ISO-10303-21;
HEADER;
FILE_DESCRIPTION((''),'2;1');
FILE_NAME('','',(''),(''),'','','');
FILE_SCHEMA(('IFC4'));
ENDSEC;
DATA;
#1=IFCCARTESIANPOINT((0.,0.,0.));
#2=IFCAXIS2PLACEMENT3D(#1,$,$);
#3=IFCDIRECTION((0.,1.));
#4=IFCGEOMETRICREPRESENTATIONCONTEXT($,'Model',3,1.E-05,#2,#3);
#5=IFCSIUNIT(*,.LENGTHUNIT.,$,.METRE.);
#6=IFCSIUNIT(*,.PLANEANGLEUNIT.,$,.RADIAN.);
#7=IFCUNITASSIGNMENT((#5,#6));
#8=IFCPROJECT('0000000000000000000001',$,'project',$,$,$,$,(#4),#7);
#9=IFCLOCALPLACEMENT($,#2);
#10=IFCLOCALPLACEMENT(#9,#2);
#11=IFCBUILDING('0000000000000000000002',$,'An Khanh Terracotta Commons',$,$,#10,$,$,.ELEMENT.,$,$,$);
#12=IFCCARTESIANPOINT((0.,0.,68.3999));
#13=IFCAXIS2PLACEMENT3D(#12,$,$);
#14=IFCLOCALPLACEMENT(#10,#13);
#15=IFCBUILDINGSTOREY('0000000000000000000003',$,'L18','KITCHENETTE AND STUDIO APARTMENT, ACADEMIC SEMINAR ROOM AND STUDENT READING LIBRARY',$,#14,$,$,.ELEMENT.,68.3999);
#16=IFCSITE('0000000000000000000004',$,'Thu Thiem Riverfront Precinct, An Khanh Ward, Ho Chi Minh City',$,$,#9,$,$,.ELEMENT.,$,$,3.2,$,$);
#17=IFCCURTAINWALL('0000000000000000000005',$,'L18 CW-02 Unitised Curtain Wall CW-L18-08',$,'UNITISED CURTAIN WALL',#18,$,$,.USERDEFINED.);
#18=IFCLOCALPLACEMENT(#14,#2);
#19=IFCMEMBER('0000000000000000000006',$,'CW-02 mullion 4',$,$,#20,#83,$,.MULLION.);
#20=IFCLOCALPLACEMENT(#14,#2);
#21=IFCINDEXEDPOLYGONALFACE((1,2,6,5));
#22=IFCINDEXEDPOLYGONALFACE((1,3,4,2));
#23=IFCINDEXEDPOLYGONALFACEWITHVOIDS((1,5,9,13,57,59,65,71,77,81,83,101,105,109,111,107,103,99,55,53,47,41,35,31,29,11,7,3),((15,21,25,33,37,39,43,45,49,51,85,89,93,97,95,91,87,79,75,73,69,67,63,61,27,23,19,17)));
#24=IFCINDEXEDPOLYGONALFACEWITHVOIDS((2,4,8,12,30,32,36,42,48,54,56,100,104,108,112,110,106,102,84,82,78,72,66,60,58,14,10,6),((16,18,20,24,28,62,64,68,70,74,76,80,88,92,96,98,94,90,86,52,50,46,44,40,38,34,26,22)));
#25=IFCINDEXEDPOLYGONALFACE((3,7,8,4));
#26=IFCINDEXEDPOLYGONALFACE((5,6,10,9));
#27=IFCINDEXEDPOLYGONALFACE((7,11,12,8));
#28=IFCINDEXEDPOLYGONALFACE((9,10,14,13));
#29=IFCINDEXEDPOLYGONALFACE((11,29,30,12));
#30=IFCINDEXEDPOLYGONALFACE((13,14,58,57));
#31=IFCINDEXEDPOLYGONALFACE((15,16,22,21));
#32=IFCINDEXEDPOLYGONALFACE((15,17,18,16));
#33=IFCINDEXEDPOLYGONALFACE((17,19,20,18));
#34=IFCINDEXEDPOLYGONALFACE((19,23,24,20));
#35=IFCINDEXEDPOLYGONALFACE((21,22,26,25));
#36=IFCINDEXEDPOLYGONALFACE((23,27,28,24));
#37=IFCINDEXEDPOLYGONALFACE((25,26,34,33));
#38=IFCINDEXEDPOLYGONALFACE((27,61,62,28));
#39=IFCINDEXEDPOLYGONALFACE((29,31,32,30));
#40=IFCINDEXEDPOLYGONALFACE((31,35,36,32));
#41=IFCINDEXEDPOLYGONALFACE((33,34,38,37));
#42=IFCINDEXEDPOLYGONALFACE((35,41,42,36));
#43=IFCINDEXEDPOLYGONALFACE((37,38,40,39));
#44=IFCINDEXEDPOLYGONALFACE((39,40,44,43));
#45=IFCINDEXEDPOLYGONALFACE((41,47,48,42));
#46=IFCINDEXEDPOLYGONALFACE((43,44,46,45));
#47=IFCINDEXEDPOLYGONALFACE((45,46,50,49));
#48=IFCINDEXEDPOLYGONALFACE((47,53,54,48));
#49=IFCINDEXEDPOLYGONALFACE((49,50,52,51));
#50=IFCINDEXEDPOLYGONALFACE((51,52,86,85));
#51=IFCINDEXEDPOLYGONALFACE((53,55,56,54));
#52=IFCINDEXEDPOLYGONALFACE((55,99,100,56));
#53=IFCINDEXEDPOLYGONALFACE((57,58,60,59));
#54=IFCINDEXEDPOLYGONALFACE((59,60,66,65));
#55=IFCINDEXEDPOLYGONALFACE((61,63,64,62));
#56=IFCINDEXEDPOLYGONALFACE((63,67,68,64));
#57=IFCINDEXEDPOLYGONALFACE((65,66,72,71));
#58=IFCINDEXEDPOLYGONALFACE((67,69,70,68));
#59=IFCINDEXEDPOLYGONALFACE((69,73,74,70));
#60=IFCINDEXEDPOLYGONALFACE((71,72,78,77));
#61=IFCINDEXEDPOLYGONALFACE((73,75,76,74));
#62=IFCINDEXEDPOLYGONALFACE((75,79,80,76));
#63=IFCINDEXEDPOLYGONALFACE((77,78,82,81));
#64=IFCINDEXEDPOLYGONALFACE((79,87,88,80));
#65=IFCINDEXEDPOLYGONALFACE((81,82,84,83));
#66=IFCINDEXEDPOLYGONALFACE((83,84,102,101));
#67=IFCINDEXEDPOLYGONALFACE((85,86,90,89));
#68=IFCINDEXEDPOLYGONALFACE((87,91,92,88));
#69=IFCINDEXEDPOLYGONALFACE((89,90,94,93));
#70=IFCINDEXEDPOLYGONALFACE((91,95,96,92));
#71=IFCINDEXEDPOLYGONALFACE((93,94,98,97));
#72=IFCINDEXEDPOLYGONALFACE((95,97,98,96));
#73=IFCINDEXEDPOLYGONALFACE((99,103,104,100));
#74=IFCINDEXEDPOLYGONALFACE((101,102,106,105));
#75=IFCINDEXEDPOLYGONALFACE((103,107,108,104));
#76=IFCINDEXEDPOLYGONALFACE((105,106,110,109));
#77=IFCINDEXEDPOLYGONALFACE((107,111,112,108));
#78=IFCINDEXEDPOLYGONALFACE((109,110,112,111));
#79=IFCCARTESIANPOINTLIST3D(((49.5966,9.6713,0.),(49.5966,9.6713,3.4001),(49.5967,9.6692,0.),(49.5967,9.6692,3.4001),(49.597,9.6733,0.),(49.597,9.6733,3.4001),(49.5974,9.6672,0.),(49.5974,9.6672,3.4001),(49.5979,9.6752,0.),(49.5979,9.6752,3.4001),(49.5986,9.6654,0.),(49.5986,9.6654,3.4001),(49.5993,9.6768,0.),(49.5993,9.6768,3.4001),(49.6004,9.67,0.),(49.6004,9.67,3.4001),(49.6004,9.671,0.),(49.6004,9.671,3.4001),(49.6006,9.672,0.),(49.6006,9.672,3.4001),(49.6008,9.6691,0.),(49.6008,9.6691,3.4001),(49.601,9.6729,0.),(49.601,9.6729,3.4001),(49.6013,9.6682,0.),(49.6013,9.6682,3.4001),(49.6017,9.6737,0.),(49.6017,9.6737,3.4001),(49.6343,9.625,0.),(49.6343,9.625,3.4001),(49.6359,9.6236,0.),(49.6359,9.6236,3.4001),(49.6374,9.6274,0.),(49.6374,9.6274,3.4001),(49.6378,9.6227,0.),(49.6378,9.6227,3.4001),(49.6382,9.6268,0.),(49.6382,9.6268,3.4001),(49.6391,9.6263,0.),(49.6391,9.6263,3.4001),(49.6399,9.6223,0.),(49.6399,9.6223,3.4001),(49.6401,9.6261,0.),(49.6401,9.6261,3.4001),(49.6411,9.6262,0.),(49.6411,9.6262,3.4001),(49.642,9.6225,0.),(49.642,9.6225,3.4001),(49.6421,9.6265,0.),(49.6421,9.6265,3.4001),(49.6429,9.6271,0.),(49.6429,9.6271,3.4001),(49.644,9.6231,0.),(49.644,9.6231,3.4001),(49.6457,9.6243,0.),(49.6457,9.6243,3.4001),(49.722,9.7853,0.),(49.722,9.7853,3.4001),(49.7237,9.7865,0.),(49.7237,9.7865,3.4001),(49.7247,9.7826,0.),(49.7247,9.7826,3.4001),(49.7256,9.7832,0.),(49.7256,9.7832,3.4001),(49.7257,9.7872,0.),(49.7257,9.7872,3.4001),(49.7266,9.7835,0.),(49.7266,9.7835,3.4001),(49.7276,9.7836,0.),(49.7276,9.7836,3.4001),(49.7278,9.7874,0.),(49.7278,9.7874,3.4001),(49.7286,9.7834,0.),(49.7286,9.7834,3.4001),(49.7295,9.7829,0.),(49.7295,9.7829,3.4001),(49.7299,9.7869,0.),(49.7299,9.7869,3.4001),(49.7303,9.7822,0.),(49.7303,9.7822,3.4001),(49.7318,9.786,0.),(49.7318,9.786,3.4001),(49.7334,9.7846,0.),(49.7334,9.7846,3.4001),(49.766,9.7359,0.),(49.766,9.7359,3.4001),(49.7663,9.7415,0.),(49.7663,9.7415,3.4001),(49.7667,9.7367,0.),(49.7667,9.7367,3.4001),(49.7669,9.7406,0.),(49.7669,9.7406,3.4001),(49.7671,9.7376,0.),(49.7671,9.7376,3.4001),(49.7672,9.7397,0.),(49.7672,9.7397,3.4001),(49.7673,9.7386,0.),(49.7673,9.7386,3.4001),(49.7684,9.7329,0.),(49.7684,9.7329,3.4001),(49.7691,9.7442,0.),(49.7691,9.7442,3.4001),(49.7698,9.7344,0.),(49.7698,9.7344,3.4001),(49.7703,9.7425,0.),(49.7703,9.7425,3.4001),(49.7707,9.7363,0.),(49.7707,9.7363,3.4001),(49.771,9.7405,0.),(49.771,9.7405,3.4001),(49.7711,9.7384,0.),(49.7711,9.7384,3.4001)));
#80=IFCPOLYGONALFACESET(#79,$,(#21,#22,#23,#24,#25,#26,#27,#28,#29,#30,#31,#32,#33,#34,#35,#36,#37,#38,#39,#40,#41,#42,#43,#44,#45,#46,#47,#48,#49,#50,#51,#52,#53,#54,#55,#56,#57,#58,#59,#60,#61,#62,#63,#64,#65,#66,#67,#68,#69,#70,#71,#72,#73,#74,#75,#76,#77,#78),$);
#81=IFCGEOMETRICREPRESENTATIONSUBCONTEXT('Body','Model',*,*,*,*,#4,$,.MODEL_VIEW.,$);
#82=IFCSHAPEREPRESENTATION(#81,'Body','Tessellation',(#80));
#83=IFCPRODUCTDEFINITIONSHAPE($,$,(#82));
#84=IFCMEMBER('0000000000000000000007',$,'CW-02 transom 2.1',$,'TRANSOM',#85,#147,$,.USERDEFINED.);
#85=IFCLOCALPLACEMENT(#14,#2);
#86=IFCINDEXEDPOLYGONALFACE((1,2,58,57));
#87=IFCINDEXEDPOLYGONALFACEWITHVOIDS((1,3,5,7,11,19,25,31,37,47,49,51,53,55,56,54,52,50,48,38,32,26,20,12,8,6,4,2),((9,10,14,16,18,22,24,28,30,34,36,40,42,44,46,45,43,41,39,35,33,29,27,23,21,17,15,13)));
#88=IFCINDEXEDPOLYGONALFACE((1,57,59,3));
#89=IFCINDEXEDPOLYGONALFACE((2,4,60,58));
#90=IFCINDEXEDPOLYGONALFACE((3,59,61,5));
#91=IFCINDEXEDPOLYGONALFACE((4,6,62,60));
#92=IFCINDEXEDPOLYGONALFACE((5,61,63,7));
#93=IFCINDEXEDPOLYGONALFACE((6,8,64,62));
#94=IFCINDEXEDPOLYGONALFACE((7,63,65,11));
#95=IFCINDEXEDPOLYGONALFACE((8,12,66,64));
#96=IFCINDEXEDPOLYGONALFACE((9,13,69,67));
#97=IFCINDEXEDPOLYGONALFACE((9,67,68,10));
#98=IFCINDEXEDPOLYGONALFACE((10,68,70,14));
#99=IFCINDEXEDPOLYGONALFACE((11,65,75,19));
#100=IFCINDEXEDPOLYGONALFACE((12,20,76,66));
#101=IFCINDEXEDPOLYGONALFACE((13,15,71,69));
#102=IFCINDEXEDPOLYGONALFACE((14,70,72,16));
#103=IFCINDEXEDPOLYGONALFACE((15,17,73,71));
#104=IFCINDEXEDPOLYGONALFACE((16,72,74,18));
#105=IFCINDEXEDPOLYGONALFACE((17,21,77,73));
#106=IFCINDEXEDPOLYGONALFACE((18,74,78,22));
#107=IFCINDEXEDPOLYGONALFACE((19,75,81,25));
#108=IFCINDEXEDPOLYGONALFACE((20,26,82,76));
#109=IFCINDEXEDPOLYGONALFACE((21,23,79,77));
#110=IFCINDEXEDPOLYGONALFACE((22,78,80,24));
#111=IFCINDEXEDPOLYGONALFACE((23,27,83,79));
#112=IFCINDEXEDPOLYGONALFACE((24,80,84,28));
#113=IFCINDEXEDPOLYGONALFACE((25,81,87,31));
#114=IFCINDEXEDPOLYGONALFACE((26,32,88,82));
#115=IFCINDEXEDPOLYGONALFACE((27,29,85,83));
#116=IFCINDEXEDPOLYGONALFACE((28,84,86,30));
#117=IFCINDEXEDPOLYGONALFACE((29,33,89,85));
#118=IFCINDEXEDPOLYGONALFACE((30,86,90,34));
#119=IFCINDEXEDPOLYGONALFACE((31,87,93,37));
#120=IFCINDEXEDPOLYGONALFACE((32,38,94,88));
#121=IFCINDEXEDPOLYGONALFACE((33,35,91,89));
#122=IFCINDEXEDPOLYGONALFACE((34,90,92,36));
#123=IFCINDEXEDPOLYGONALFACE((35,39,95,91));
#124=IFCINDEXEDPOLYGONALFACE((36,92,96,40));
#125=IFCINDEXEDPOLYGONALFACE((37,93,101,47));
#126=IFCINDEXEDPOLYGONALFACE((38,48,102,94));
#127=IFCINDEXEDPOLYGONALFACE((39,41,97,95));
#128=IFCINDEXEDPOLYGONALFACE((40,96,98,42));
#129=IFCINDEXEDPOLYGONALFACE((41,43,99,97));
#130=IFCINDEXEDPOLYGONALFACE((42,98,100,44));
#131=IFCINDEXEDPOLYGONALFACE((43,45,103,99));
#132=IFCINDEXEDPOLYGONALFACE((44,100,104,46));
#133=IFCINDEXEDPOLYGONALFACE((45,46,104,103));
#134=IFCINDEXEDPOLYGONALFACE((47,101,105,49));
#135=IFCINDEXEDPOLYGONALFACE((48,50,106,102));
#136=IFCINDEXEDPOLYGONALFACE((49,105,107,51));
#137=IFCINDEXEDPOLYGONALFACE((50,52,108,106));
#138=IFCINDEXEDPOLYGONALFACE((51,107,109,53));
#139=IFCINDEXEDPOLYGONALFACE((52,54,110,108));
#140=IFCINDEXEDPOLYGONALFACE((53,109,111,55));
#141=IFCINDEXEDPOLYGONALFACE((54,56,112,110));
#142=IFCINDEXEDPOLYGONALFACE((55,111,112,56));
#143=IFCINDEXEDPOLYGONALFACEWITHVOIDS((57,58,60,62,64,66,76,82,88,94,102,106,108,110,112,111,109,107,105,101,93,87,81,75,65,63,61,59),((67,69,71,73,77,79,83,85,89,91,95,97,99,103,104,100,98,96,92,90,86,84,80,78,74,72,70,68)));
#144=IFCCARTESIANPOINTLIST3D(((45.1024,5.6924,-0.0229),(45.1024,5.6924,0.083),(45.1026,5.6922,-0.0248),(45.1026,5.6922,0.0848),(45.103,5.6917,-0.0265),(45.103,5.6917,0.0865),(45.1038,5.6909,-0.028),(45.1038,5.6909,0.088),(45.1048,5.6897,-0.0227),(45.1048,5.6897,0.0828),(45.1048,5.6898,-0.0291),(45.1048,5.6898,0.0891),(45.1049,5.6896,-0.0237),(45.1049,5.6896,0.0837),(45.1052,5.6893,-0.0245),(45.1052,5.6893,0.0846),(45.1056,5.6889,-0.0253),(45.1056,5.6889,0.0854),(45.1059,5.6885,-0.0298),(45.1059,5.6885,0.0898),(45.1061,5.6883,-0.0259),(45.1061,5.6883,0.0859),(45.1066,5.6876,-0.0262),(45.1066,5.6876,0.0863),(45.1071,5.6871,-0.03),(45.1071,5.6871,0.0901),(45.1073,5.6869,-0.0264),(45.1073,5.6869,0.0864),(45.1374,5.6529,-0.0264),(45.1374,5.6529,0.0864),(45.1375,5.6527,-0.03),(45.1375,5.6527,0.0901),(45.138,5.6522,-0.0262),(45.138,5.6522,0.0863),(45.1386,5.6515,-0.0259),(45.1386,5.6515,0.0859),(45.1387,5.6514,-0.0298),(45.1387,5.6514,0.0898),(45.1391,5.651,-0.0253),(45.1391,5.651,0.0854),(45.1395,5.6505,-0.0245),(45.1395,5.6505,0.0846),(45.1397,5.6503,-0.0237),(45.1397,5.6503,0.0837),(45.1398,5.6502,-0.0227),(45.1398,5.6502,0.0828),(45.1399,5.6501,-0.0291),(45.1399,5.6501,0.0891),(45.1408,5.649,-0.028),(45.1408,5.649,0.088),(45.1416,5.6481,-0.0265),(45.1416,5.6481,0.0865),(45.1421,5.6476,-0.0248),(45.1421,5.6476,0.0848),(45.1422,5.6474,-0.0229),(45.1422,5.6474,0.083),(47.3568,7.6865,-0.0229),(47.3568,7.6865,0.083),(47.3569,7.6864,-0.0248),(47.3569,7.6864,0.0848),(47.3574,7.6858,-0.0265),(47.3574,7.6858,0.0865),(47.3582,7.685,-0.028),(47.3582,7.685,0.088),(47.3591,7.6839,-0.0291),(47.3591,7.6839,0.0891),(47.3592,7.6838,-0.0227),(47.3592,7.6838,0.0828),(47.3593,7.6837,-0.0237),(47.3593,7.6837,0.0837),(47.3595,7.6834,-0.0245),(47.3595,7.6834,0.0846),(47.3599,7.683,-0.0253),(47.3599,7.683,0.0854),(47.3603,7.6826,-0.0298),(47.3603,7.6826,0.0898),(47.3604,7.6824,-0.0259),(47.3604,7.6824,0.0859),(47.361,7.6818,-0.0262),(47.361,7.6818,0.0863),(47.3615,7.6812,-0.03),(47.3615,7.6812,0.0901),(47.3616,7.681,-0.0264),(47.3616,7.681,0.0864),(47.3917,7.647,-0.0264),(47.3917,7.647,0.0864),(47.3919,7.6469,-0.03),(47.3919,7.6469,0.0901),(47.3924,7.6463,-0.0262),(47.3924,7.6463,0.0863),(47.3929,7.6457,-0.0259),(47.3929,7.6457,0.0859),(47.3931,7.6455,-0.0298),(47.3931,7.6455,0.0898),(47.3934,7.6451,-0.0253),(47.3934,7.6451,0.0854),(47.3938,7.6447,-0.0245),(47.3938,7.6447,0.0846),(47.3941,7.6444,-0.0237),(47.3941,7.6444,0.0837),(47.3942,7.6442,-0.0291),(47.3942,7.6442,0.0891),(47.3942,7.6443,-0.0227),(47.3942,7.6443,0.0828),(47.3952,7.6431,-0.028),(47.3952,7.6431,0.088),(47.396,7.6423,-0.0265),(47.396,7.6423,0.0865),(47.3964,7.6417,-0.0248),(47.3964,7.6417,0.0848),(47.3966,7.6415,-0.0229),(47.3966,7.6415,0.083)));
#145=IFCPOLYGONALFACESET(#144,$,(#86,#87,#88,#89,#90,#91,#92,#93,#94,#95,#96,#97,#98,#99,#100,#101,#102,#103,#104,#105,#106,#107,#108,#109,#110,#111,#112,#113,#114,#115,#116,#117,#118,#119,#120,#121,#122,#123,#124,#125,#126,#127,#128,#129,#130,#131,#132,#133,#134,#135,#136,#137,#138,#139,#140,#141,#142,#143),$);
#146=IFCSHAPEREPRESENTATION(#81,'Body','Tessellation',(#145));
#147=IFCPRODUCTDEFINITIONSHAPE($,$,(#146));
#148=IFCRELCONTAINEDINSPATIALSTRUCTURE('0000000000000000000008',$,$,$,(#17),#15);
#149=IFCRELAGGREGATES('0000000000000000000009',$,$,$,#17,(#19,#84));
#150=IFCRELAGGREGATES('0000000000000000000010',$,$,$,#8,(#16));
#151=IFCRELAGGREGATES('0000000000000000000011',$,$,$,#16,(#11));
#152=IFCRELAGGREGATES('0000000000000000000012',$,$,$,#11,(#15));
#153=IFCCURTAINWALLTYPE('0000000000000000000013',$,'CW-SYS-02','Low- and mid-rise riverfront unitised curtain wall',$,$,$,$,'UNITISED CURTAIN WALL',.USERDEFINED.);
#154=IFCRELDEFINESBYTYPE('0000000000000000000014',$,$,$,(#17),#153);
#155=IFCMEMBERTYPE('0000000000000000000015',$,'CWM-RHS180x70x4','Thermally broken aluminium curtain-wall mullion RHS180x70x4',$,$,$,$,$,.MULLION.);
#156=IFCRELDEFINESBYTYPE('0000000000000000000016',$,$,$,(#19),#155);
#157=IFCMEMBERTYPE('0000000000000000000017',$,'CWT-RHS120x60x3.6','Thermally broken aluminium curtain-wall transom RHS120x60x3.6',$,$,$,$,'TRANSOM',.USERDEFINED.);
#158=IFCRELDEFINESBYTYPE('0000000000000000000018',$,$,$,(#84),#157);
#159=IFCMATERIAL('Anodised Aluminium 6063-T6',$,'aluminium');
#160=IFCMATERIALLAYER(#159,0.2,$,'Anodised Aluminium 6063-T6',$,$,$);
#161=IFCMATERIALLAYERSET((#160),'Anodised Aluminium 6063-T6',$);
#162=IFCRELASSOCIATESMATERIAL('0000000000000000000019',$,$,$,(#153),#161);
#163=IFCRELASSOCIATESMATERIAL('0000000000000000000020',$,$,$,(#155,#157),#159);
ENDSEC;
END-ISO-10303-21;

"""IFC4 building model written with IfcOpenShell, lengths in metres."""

from ifc_helpers import new_model, si_unit, direction, frame, origin, origin_2d, place, context, subcontext, project, spatial, hollow_rectangle, extrude, material, layer, layer_set, material_profile, profile_set, type_object, element, aggregate, save


model = new_model("IFC4")

# Units and contexts
model_context = context("Model", 3, precision=1e-05, world=origin(), true_north=direction((0.0, 1.0)))
body_context = subcontext(model_context, "Body", "Model", "MODEL_VIEW")
ifc_project = project(units=[si_unit("LENGTHUNIT", "METRE"), si_unit("PLANEANGLEUNIT", "RADIAN")], contexts=[model_context])

# Site, building, storey
site_placement = place(None, origin())
site = spatial("IfcSite", under=ifc_project, at=site_placement, Name="Thu Thiem Riverfront Precinct, An Khanh Ward, Ho Chi Minh City", CompositionType="ELEMENT", RefElevation=3.2)
building_placement = place(site_placement, origin())
building = spatial("IfcBuilding", under=site, at=building_placement, Name="An Khanh Terracotta Commons", CompositionType="ELEMENT")
storey_placement = place(building_placement, frame((0.0, 0.0, 68.3999)))
storey = spatial("IfcBuildingStorey", under=building, at=storey_placement, Name="L18", Description="KITCHENETTE AND STUDIO APARTMENT, ACADEMIC SEMINAR ROOM AND STUDENT READING LIBRARY", CompositionType="ELEMENT", Elevation=68.3999)

# Curtain wall, members
ifc_material_1 = material(Name="Anodised Aluminium 6063-T6", Category="aluminium")
ifc_layer_1 = layer(ifc_material_1, 0.2, Name="Anodised Aluminium 6063-T6")
ifc_layer_set_1 = layer_set([ifc_layer_1], Name="Anodised Aluminium 6063-T6")
curtain_wall_type = type_object("IfcCurtainWallType", Name="CW-SYS-02", Description="Low- and mid-rise riverfront unitised curtain wall", ElementType="UNITISED CURTAIN WALL", PredefinedType="USERDEFINED", material=ifc_layer_set_1)
curtain_wall_placement = place(storey_placement, origin())
curtain_wall = element("IfcCurtainWall", 1, at=curtain_wall_placement, inside=storey, type_object=curtain_wall_type, Name="L18 CW-02 Unitised Curtain Wall CW-L18-08", ObjectType="UNITISED CURTAIN WALL", PredefinedType="USERDEFINED")
ifc_material_profile_1 = material_profile(ifc_material_1, hollow_rectangle(XDim=0.0701, YDim=0.1799, WallThickness=0.0039, InnerFilletRadius=0.0039, OuterFilletRadius=0.0081, at=origin_2d()), Name="RHS180x70x4")
ifc_profile_set_1 = profile_set([ifc_material_profile_1], Name="Anodised Aluminium 6063-T6")
member_type_1 = type_object("IfcMemberType", Name="CWM-RHS180x70x4", Description="Thermally broken aluminium curtain-wall mullion RHS180x70x4", PredefinedType="MULLION", material=ifc_profile_set_1)
member_1_placement = place(storey_placement, frame((49.6838, 9.7048, 0.0), z_axis=(0.0, 0.0, 1.0), x_axis=(-0.662548, 0.749019, 0.0)))
member_1 = element("IfcMember", 2, at=member_1_placement, type_object=member_type_1, Name="CW-02 mullion 4", PredefinedType="MULLION", context=body_context, shape_type="SweptSolid", body=[
    extrude(hollow_rectangle(XDim=0.0701, YDim=0.1799, WallThickness=0.0039, InnerFilletRadius=0.0039, OuterFilletRadius=0.0081, at=origin_2d()), origin(), (0.0, 0.0, 1.0), 3.4001),
])
ifc_material_profile_2 = material_profile(ifc_material_1, hollow_rectangle(XDim=0.0601, YDim=0.1201, WallThickness=0.0037, InnerFilletRadius=0.0037, OuterFilletRadius=0.0071, at=origin_2d()), Name="RHS120x60x3.6")
ifc_profile_set_2 = profile_set([ifc_material_profile_2], Name="Anodised Aluminium 6063-T6")
member_type_2 = type_object("IfcMemberType", Name="CWT-RHS120x60x3.6", Description="Thermally broken aluminium curtain-wall transom RHS120x60x3.6", ElementType="TRANSOM", PredefinedType="USERDEFINED", material=ifc_profile_set_2)
member_2_placement = place(storey_placement, frame((45.1223, 5.6699, 0.03), z_axis=(0.749018, 0.662549, 0.0), x_axis=(-0.662549, 0.749018, 0.0)))
member_2 = element("IfcMember", 3, at=member_2_placement, type_object=member_type_2, Name="CW-02 transom 2.1", ObjectType="TRANSOM", PredefinedType="USERDEFINED", context=body_context, shape_type="SweptSolid", body=[
    extrude(hollow_rectangle(XDim=0.0601, YDim=0.1201, WallThickness=0.0037, InnerFilletRadius=0.0037, OuterFilletRadius=0.0071, at=origin_2d()), origin(), (0.0, 0.0, 1.0), 3.0098),
])
aggregate(curtain_wall, [member_1, member_2])

save(model, "model.ifc")
